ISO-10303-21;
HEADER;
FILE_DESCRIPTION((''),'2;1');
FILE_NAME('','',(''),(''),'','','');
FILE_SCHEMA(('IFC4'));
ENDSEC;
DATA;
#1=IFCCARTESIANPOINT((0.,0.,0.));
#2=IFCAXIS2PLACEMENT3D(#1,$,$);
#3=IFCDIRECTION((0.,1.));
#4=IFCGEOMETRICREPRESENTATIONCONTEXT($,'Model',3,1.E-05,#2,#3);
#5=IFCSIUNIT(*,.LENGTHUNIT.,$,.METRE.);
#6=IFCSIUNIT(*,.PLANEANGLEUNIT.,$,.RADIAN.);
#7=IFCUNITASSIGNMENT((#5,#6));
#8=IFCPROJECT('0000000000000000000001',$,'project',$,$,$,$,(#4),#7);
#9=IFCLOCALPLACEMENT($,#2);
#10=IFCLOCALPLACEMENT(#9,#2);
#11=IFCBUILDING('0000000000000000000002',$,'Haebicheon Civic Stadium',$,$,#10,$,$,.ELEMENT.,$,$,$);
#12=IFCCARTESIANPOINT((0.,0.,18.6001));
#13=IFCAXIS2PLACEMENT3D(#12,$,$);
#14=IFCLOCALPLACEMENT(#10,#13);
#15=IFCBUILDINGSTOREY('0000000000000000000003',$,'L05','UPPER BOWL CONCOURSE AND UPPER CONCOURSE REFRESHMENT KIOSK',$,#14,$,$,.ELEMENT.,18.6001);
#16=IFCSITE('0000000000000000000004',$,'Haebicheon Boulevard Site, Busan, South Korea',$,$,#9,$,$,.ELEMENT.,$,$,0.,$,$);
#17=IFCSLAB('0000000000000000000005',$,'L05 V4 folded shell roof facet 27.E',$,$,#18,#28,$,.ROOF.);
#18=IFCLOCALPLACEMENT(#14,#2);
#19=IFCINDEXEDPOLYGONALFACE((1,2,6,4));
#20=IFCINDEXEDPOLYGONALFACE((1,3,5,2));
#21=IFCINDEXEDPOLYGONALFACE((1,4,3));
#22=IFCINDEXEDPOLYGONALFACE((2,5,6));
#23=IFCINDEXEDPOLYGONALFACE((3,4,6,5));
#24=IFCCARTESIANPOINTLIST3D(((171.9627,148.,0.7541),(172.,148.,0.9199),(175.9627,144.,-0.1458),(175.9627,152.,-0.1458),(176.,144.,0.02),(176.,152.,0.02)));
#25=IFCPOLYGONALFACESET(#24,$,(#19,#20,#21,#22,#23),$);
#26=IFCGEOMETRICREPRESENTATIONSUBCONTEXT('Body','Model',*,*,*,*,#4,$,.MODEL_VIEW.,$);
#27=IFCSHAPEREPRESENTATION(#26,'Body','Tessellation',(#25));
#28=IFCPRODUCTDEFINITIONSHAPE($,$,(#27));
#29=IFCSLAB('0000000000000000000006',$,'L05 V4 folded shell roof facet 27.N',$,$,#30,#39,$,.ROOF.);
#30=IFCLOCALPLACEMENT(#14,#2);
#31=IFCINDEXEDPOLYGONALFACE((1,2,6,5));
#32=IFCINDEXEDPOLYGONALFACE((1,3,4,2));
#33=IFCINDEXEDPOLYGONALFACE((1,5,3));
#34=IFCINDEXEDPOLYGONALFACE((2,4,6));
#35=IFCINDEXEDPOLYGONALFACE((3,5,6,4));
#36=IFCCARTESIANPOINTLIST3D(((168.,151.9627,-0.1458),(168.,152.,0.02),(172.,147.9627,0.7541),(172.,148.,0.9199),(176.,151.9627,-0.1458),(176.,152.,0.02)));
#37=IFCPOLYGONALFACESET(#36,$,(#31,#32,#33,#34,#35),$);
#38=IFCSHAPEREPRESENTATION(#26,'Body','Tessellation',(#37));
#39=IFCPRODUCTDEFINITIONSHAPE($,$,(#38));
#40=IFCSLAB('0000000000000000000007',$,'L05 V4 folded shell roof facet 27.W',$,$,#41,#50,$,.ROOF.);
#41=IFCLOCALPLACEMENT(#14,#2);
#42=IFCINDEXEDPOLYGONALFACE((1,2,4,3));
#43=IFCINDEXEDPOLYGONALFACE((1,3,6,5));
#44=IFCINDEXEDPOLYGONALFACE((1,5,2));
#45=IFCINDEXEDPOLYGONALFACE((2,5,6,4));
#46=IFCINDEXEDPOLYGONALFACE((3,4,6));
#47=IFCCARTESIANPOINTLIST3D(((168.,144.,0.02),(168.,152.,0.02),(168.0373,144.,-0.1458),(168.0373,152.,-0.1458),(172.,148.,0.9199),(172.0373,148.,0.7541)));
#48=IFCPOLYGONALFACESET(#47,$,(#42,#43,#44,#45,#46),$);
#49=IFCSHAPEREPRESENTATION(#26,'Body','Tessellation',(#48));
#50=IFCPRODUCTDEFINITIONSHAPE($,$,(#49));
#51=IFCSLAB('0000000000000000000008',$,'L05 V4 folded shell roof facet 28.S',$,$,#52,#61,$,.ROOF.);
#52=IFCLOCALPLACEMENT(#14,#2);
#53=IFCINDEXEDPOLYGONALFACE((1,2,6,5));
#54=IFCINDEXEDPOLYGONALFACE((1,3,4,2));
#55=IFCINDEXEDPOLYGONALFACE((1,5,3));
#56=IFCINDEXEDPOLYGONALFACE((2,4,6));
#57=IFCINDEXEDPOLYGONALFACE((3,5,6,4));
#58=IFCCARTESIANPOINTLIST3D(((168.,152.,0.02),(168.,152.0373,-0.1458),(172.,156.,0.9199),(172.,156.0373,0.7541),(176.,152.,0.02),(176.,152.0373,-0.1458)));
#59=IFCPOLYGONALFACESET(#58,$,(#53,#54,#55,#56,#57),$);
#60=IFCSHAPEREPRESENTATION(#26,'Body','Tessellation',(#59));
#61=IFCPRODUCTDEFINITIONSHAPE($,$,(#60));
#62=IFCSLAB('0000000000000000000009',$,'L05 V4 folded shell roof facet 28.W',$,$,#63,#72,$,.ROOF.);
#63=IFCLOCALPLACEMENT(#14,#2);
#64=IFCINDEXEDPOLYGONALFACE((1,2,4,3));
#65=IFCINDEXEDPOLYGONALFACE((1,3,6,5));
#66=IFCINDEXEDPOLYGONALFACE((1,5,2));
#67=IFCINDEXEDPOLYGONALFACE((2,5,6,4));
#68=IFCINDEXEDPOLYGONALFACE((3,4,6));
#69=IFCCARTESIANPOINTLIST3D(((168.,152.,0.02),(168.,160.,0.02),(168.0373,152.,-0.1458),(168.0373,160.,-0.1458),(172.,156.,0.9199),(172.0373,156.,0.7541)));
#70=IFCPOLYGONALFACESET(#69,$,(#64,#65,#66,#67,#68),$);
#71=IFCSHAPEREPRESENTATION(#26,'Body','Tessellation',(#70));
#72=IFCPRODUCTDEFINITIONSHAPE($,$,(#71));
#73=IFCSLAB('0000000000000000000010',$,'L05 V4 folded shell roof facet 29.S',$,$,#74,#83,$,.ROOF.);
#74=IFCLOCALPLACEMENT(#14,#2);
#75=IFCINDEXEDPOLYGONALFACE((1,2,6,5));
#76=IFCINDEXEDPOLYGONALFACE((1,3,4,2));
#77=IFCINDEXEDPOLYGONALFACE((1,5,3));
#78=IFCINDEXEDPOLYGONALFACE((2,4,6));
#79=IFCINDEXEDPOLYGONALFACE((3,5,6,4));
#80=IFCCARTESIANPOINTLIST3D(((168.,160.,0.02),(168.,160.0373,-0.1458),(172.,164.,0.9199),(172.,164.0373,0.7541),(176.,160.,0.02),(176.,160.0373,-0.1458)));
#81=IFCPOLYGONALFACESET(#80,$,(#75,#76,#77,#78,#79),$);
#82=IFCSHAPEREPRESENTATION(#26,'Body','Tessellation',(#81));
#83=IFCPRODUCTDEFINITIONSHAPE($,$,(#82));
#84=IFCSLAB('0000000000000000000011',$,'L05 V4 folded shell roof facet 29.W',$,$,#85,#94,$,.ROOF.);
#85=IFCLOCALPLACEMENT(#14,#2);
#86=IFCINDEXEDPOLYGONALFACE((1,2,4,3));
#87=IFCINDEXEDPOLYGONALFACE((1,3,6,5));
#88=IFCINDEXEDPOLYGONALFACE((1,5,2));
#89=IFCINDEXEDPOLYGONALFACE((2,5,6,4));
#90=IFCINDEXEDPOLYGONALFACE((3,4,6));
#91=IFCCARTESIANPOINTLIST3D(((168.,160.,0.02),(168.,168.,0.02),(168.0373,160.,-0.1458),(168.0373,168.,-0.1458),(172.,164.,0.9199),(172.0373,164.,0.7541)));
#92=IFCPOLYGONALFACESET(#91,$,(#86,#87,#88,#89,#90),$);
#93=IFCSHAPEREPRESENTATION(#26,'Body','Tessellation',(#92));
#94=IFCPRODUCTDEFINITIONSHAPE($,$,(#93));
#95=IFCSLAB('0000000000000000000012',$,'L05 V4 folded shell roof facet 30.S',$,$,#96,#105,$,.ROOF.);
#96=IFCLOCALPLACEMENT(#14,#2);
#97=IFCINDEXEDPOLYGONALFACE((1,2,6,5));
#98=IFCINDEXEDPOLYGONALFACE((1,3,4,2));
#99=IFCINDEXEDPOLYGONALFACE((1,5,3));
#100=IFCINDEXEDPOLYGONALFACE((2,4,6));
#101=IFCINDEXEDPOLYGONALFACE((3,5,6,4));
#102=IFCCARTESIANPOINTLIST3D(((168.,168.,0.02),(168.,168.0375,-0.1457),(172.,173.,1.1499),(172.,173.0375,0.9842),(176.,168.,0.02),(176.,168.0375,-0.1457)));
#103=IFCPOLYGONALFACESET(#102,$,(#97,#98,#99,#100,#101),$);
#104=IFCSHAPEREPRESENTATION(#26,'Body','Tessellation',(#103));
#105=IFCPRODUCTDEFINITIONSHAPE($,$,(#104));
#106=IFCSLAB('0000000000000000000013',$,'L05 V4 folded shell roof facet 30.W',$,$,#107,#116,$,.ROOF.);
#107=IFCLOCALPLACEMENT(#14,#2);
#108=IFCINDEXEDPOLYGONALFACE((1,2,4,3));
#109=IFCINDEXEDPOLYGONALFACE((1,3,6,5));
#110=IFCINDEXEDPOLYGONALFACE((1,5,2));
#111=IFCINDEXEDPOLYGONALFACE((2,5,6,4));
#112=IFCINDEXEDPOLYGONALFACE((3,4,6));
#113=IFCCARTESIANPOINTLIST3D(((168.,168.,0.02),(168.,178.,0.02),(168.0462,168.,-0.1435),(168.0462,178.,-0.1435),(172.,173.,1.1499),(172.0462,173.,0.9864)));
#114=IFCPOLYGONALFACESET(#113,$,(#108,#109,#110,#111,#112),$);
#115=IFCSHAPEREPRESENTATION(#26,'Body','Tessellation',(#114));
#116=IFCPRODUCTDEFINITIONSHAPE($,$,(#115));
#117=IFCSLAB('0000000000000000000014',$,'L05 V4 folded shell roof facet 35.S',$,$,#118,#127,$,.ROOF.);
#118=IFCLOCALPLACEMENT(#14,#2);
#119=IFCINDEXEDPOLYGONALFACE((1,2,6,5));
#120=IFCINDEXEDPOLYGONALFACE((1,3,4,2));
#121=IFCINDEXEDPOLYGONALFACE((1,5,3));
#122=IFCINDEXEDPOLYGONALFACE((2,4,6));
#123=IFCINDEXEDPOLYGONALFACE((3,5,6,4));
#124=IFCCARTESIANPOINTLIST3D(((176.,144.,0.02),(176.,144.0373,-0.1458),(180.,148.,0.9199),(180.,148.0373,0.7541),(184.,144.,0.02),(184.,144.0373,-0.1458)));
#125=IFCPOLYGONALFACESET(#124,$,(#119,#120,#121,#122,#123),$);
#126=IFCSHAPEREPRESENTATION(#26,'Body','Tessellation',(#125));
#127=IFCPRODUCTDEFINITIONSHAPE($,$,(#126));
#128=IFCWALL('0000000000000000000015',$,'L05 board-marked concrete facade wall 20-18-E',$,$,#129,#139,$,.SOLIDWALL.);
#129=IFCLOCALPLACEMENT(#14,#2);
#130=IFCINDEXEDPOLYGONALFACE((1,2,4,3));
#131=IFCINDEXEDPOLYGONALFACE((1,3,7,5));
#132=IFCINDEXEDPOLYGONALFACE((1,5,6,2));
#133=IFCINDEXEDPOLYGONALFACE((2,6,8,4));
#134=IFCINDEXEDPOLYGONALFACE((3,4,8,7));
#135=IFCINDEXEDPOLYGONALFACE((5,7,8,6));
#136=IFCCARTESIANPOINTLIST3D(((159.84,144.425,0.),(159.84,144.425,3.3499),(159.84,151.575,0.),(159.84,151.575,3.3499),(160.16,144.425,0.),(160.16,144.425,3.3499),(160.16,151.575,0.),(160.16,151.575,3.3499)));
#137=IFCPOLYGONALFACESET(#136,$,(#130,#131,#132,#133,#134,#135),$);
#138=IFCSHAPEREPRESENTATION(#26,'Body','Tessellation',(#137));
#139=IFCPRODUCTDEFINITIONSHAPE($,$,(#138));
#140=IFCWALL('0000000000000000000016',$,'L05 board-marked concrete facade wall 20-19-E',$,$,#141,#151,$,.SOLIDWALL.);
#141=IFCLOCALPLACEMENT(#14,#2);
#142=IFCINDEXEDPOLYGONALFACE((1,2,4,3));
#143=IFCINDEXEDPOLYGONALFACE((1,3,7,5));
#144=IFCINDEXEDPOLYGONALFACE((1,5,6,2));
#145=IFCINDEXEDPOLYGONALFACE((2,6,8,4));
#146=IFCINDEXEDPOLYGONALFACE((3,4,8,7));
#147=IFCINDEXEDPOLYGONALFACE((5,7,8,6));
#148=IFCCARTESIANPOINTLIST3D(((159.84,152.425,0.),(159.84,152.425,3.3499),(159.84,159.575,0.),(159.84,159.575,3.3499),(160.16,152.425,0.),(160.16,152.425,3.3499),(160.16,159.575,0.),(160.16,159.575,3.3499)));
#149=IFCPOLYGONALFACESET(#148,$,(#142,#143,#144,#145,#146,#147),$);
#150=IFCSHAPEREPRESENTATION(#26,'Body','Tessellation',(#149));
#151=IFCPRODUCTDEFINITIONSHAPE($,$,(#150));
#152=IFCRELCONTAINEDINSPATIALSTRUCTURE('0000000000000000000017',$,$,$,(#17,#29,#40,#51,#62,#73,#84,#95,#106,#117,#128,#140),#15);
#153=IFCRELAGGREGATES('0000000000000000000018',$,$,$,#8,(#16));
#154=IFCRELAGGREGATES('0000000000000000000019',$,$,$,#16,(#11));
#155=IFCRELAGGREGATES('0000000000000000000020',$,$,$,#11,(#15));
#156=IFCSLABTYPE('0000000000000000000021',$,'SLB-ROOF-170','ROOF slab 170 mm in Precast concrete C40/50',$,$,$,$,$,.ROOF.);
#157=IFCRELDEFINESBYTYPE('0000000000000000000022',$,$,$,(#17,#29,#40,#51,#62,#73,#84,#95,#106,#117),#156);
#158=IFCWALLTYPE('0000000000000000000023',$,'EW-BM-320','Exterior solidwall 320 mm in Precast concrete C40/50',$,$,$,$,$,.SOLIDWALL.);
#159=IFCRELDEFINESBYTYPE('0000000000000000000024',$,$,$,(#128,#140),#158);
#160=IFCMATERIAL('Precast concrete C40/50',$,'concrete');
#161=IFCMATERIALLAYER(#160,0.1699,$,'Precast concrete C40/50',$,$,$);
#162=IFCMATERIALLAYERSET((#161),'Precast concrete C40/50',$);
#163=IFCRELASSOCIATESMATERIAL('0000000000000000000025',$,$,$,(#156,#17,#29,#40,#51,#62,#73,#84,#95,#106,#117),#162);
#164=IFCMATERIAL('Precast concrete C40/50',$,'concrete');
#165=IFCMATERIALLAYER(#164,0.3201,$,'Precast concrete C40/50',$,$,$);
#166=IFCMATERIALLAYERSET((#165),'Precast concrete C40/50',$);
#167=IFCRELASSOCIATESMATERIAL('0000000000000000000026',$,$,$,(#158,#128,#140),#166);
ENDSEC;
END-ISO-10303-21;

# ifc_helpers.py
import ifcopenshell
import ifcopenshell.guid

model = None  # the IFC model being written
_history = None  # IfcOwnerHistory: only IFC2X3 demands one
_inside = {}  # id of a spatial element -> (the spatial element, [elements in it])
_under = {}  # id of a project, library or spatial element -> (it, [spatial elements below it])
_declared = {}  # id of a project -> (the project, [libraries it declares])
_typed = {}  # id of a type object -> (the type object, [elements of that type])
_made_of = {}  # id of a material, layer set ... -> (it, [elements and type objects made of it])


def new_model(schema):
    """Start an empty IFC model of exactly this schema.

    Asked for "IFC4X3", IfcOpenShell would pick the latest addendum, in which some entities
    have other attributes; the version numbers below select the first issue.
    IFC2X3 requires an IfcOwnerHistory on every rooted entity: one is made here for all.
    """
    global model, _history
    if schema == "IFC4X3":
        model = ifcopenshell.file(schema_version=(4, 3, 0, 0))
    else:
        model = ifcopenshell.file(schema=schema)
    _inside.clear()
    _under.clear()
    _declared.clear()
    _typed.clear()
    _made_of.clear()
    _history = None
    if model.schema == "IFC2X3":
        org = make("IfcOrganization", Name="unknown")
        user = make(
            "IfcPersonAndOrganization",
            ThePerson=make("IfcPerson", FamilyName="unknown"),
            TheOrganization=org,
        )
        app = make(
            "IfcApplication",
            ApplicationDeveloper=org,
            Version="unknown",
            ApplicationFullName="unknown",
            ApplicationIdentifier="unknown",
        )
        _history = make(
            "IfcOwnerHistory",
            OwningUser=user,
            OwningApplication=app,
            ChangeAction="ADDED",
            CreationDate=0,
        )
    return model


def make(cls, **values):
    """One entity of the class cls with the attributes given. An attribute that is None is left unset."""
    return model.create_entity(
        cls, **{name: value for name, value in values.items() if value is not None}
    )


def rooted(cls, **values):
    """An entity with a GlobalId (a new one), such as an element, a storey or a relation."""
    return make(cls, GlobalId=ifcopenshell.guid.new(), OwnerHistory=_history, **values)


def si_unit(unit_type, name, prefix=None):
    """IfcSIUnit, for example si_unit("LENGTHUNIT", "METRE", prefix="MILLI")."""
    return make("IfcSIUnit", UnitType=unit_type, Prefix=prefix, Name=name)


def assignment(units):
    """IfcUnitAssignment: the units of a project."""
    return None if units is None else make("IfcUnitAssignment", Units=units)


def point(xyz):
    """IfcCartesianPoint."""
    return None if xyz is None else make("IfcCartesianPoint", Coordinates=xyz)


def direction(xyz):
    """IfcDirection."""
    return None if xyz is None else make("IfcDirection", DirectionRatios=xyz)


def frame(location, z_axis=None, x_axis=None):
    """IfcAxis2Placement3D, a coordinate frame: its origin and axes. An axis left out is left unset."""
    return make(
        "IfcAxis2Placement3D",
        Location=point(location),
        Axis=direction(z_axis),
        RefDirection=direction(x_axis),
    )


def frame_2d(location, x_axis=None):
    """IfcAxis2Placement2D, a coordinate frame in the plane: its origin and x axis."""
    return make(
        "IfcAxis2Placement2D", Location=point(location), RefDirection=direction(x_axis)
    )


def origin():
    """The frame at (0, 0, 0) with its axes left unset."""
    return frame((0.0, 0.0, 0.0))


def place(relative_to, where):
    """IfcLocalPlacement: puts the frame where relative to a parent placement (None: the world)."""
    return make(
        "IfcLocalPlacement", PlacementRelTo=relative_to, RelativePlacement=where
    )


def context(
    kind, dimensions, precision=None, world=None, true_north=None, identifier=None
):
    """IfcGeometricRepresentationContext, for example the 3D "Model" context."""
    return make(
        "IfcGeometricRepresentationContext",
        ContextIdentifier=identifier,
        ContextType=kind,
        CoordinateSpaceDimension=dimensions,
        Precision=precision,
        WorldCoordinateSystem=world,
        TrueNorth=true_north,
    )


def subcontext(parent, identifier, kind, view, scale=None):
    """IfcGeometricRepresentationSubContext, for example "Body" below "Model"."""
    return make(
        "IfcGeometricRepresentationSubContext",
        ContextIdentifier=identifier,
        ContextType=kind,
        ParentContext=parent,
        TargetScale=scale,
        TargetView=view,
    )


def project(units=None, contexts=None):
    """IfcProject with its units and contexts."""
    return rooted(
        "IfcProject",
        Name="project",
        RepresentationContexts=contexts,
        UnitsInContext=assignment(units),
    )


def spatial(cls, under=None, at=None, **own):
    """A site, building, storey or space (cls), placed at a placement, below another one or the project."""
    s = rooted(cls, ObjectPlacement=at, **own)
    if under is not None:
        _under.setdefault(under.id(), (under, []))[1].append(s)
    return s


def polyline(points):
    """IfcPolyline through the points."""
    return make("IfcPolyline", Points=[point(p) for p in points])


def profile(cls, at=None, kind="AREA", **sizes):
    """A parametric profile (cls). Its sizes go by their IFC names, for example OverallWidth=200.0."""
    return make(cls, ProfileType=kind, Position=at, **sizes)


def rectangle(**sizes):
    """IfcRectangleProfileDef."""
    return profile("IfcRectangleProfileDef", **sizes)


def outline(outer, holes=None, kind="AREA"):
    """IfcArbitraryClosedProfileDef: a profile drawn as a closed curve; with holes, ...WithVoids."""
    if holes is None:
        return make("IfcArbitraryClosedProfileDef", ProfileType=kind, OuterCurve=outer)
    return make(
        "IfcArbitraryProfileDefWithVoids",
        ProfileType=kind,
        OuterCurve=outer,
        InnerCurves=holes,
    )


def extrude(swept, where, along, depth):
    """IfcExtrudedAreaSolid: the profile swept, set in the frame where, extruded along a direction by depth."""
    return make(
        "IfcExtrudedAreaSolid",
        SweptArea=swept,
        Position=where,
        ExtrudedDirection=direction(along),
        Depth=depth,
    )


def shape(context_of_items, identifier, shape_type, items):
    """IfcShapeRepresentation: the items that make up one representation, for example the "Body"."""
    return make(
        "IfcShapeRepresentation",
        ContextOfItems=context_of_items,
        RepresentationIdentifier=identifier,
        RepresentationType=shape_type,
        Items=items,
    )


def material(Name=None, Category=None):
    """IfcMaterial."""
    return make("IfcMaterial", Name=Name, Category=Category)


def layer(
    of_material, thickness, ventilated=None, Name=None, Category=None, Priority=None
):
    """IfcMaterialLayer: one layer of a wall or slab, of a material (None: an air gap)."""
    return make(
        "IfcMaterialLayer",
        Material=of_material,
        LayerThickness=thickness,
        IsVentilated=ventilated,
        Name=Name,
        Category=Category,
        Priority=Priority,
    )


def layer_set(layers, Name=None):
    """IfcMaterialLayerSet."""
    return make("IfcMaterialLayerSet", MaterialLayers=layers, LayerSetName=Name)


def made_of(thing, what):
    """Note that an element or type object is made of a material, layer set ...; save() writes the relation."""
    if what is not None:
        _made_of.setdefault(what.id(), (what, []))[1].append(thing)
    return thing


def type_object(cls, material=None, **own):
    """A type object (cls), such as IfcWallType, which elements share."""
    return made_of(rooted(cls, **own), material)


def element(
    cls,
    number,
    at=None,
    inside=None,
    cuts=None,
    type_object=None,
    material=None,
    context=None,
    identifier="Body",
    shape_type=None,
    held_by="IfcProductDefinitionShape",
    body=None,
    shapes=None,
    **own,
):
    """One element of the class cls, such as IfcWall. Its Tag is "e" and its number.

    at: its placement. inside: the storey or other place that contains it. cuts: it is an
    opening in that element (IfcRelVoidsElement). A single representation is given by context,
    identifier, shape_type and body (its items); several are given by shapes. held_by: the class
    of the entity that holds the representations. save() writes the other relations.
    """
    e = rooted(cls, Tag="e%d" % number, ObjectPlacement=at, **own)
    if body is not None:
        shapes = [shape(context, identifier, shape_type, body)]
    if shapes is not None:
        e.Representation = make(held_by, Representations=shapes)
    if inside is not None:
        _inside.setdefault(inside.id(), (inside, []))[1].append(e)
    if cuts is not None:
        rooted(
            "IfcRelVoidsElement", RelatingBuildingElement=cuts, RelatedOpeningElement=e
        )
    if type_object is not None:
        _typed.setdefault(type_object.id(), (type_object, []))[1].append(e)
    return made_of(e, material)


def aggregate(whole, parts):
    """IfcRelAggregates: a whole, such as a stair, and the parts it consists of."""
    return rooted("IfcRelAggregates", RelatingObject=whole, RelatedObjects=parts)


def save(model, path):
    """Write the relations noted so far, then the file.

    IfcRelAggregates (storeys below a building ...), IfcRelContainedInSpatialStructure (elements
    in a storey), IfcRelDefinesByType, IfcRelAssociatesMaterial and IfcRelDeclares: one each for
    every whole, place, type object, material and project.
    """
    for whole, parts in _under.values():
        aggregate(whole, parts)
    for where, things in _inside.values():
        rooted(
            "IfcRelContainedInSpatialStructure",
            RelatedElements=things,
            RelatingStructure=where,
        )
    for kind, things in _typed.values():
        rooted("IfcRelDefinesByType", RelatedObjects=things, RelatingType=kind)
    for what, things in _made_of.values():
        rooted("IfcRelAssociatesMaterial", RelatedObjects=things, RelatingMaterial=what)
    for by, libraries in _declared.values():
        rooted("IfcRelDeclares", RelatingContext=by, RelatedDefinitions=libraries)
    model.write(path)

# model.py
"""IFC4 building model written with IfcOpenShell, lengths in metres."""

from ifc_helpers import new_model, si_unit, direction, frame, frame_2d, origin, place, context, subcontext, project, spatial, polyline, rectangle, outline, extrude, material, layer, layer_set, type_object, element, save


model = new_model("IFC4")

# Units and contexts
model_context = context("Model", 3, precision=1e-05, world=origin(), true_north=direction((0.0, 1.0)))
body_context = subcontext(model_context, "Body", "Model", "MODEL_VIEW")
ifc_project = project(units=[si_unit("LENGTHUNIT", "METRE"), si_unit("PLANEANGLEUNIT", "RADIAN")], contexts=[model_context])

# Site, building, storey
site_placement = place(None, origin())
site = spatial("IfcSite", under=ifc_project, at=site_placement, Name="Haebicheon Boulevard Site, Busan, South Korea", CompositionType="ELEMENT", RefElevation=0.0)
building_placement = place(site_placement, origin())
building = spatial("IfcBuilding", under=site, at=building_placement, Name="Haebicheon Civic Stadium", CompositionType="ELEMENT")
storey_placement = place(building_placement, frame((0.0, 0.0, 18.6001)))
storey = spatial("IfcBuildingStorey", under=building, at=storey_placement, Name="L05", Description="UPPER BOWL CONCOURSE AND UPPER CONCOURSE REFRESHMENT KIOSK", CompositionType="ELEMENT", Elevation=18.6001)

# Slabs
ifc_material_1 = material(Name="Precast concrete C40/50", Category="concrete")
ifc_layer_1 = layer(ifc_material_1, 0.1699, Name="Precast concrete C40/50")
ifc_layer_set_1 = layer_set([ifc_layer_1], Name="Precast concrete C40/50")
slab_type = type_object("IfcSlabType", Name="SLB-ROOF-170", Description="ROOF slab 170 mm in Precast concrete C40/50", PredefinedType="ROOF", material=ifc_layer_set_1)
for number, where, z_axis, x_axis, name in (
    (1, (176.0, 144.0, 0.02), (0.21949, 0.0, 0.975615), (0.0, 1.0, 0.0), "L05 V4 folded shell roof facet 27.E"),
    (2, (176.0, 152.0, 0.02), (0.0, 0.21949, 0.975615), (-1.0, 0.0, 0.0), "L05 V4 folded shell roof facet 27.N"),
    (3, (168.0, 152.0, 0.02), (-0.21949, 0.0, 0.975615), (0.0, -1.0, 0.0), "L05 V4 folded shell roof facet 27.W"),
    (4, (168.0, 152.0, 0.02), (0.0, -0.21949, 0.975615), (1.0, 0.0, 0.0), "L05 V4 folded shell roof facet 28.S"),
    (5, (168.0, 160.0, 0.02), (-0.21949, 0.0, 0.975615), (0.0, -1.0, 0.0), "L05 V4 folded shell roof facet 28.W"),
    (6, (168.0, 160.0, 0.02), (0.0, -0.21949, 0.975615), (1.0, 0.0, 0.0), "L05 V4 folded shell roof facet 29.S"),
    (7, (168.0, 168.0, 0.02), (-0.21949, 0.0, 0.975615), (0.0, -1.0, 0.0), "L05 V4 folded shell roof facet 29.W"),
):
    element("IfcSlab", number, at=place(storey_placement, frame(where, z_axis=z_axis, x_axis=x_axis)), inside=storey, type_object=slab_type, material=ifc_layer_set_1, Name=name, PredefinedType="ROOF", context=body_context, shape_type="SweptSolid", body=[
        extrude(outline(polyline([(0.0, 0.0), (8.0, 0.0), (4.0, 4.1), (0.0, 0.0)])), origin(), (0.0, 0.0, -1.0), 0.1699),
    ])
slab_1_placement = place(storey_placement, frame((168.0, 168.0, 0.02), z_axis=(0.0, -0.220419, 0.975405), x_axis=(1.0, 0.0, 0.0)))
element("IfcSlab", 8, at=slab_1_placement, inside=storey, type_object=slab_type, material=ifc_layer_set_1, Name="L05 V4 folded shell roof facet 30.S", PredefinedType="ROOF", context=body_context, shape_type="SweptSolid", body=[
    extrude(outline(polyline([(0.0, 0.0), (8.0, 0.0), (4.0, 5.1261), (0.0, 0.0)])), origin(), (0.0, 0.0, -1.0), 0.1699),
])
slab_2_placement = place(storey_placement, frame((168.0, 178.0, 0.02), z_axis=(-0.271834, 0.0, 0.962344), x_axis=(0.0, -1.0, 0.0)))
element("IfcSlab", 9, at=slab_2_placement, inside=storey, type_object=slab_type, material=ifc_layer_set_1, Name="L05 V4 folded shell roof facet 30.W", PredefinedType="ROOF", context=body_context, shape_type="SweptSolid", body=[
    extrude(outline(polyline([(0.0, 0.0), (10.0, 0.0), (5.0, 4.1565), (0.0, 0.0)])), origin(), (0.0, 0.0, -1.0), 0.1699),
])
slab_3_placement = place(storey_placement, frame((176.0, 144.0, 0.02), z_axis=(0.0, -0.21949, 0.975615), x_axis=(1.0, 0.0, 0.0)))
element("IfcSlab", 10, at=slab_3_placement, inside=storey, type_object=slab_type, material=ifc_layer_set_1, Name="L05 V4 folded shell roof facet 35.S", PredefinedType="ROOF", context=body_context, shape_type="SweptSolid", body=[
    extrude(outline(polyline([(0.0, 0.0), (8.0, 0.0), (4.0, 4.1), (0.0, 0.0)])), origin(), (0.0, 0.0, -1.0), 0.1699),
])

# Walls
ifc_material_2 = material(Name="Precast concrete C40/50", Category="concrete")
ifc_layer_2 = layer(ifc_material_2, 0.3201, Name="Precast concrete C40/50")
ifc_layer_set_2 = layer_set([ifc_layer_2], Name="Precast concrete C40/50")
wall_type = type_object("IfcWallType", Name="EW-BM-320", Description="Exterior solidwall 320 mm in Precast concrete C40/50", PredefinedType="SOLIDWALL", material=ifc_layer_set_2)
for number, where, z_axis, x_axis, name in (
    (11, (160.0, 144.425, 0.0), (0.0, 0.0, 1.0), (0.0, 1.0, 0.0), "L05 board-marked concrete facade wall 20-18-E"),
    (12, (160.0, 152.425, 0.0), (0.0, 0.0, 1.0), (0.0, 1.0, 0.0), "L05 board-marked concrete facade wall 20-19-E"),
):
    element("IfcWall", number, at=place(storey_placement, frame(where, z_axis=z_axis, x_axis=x_axis)), inside=storey, type_object=wall_type, material=ifc_layer_set_2, Name=name, PredefinedType="SOLIDWALL", context=body_context, shape_type="SweptSolid", body=[
        extrude(rectangle(XDim=7.1499, YDim=0.3201, at=frame_2d((3.575, 0.0))), origin(), (0.0, 0.0, 1.0), 3.3499),
    ])

save(model, "model.ifc")
